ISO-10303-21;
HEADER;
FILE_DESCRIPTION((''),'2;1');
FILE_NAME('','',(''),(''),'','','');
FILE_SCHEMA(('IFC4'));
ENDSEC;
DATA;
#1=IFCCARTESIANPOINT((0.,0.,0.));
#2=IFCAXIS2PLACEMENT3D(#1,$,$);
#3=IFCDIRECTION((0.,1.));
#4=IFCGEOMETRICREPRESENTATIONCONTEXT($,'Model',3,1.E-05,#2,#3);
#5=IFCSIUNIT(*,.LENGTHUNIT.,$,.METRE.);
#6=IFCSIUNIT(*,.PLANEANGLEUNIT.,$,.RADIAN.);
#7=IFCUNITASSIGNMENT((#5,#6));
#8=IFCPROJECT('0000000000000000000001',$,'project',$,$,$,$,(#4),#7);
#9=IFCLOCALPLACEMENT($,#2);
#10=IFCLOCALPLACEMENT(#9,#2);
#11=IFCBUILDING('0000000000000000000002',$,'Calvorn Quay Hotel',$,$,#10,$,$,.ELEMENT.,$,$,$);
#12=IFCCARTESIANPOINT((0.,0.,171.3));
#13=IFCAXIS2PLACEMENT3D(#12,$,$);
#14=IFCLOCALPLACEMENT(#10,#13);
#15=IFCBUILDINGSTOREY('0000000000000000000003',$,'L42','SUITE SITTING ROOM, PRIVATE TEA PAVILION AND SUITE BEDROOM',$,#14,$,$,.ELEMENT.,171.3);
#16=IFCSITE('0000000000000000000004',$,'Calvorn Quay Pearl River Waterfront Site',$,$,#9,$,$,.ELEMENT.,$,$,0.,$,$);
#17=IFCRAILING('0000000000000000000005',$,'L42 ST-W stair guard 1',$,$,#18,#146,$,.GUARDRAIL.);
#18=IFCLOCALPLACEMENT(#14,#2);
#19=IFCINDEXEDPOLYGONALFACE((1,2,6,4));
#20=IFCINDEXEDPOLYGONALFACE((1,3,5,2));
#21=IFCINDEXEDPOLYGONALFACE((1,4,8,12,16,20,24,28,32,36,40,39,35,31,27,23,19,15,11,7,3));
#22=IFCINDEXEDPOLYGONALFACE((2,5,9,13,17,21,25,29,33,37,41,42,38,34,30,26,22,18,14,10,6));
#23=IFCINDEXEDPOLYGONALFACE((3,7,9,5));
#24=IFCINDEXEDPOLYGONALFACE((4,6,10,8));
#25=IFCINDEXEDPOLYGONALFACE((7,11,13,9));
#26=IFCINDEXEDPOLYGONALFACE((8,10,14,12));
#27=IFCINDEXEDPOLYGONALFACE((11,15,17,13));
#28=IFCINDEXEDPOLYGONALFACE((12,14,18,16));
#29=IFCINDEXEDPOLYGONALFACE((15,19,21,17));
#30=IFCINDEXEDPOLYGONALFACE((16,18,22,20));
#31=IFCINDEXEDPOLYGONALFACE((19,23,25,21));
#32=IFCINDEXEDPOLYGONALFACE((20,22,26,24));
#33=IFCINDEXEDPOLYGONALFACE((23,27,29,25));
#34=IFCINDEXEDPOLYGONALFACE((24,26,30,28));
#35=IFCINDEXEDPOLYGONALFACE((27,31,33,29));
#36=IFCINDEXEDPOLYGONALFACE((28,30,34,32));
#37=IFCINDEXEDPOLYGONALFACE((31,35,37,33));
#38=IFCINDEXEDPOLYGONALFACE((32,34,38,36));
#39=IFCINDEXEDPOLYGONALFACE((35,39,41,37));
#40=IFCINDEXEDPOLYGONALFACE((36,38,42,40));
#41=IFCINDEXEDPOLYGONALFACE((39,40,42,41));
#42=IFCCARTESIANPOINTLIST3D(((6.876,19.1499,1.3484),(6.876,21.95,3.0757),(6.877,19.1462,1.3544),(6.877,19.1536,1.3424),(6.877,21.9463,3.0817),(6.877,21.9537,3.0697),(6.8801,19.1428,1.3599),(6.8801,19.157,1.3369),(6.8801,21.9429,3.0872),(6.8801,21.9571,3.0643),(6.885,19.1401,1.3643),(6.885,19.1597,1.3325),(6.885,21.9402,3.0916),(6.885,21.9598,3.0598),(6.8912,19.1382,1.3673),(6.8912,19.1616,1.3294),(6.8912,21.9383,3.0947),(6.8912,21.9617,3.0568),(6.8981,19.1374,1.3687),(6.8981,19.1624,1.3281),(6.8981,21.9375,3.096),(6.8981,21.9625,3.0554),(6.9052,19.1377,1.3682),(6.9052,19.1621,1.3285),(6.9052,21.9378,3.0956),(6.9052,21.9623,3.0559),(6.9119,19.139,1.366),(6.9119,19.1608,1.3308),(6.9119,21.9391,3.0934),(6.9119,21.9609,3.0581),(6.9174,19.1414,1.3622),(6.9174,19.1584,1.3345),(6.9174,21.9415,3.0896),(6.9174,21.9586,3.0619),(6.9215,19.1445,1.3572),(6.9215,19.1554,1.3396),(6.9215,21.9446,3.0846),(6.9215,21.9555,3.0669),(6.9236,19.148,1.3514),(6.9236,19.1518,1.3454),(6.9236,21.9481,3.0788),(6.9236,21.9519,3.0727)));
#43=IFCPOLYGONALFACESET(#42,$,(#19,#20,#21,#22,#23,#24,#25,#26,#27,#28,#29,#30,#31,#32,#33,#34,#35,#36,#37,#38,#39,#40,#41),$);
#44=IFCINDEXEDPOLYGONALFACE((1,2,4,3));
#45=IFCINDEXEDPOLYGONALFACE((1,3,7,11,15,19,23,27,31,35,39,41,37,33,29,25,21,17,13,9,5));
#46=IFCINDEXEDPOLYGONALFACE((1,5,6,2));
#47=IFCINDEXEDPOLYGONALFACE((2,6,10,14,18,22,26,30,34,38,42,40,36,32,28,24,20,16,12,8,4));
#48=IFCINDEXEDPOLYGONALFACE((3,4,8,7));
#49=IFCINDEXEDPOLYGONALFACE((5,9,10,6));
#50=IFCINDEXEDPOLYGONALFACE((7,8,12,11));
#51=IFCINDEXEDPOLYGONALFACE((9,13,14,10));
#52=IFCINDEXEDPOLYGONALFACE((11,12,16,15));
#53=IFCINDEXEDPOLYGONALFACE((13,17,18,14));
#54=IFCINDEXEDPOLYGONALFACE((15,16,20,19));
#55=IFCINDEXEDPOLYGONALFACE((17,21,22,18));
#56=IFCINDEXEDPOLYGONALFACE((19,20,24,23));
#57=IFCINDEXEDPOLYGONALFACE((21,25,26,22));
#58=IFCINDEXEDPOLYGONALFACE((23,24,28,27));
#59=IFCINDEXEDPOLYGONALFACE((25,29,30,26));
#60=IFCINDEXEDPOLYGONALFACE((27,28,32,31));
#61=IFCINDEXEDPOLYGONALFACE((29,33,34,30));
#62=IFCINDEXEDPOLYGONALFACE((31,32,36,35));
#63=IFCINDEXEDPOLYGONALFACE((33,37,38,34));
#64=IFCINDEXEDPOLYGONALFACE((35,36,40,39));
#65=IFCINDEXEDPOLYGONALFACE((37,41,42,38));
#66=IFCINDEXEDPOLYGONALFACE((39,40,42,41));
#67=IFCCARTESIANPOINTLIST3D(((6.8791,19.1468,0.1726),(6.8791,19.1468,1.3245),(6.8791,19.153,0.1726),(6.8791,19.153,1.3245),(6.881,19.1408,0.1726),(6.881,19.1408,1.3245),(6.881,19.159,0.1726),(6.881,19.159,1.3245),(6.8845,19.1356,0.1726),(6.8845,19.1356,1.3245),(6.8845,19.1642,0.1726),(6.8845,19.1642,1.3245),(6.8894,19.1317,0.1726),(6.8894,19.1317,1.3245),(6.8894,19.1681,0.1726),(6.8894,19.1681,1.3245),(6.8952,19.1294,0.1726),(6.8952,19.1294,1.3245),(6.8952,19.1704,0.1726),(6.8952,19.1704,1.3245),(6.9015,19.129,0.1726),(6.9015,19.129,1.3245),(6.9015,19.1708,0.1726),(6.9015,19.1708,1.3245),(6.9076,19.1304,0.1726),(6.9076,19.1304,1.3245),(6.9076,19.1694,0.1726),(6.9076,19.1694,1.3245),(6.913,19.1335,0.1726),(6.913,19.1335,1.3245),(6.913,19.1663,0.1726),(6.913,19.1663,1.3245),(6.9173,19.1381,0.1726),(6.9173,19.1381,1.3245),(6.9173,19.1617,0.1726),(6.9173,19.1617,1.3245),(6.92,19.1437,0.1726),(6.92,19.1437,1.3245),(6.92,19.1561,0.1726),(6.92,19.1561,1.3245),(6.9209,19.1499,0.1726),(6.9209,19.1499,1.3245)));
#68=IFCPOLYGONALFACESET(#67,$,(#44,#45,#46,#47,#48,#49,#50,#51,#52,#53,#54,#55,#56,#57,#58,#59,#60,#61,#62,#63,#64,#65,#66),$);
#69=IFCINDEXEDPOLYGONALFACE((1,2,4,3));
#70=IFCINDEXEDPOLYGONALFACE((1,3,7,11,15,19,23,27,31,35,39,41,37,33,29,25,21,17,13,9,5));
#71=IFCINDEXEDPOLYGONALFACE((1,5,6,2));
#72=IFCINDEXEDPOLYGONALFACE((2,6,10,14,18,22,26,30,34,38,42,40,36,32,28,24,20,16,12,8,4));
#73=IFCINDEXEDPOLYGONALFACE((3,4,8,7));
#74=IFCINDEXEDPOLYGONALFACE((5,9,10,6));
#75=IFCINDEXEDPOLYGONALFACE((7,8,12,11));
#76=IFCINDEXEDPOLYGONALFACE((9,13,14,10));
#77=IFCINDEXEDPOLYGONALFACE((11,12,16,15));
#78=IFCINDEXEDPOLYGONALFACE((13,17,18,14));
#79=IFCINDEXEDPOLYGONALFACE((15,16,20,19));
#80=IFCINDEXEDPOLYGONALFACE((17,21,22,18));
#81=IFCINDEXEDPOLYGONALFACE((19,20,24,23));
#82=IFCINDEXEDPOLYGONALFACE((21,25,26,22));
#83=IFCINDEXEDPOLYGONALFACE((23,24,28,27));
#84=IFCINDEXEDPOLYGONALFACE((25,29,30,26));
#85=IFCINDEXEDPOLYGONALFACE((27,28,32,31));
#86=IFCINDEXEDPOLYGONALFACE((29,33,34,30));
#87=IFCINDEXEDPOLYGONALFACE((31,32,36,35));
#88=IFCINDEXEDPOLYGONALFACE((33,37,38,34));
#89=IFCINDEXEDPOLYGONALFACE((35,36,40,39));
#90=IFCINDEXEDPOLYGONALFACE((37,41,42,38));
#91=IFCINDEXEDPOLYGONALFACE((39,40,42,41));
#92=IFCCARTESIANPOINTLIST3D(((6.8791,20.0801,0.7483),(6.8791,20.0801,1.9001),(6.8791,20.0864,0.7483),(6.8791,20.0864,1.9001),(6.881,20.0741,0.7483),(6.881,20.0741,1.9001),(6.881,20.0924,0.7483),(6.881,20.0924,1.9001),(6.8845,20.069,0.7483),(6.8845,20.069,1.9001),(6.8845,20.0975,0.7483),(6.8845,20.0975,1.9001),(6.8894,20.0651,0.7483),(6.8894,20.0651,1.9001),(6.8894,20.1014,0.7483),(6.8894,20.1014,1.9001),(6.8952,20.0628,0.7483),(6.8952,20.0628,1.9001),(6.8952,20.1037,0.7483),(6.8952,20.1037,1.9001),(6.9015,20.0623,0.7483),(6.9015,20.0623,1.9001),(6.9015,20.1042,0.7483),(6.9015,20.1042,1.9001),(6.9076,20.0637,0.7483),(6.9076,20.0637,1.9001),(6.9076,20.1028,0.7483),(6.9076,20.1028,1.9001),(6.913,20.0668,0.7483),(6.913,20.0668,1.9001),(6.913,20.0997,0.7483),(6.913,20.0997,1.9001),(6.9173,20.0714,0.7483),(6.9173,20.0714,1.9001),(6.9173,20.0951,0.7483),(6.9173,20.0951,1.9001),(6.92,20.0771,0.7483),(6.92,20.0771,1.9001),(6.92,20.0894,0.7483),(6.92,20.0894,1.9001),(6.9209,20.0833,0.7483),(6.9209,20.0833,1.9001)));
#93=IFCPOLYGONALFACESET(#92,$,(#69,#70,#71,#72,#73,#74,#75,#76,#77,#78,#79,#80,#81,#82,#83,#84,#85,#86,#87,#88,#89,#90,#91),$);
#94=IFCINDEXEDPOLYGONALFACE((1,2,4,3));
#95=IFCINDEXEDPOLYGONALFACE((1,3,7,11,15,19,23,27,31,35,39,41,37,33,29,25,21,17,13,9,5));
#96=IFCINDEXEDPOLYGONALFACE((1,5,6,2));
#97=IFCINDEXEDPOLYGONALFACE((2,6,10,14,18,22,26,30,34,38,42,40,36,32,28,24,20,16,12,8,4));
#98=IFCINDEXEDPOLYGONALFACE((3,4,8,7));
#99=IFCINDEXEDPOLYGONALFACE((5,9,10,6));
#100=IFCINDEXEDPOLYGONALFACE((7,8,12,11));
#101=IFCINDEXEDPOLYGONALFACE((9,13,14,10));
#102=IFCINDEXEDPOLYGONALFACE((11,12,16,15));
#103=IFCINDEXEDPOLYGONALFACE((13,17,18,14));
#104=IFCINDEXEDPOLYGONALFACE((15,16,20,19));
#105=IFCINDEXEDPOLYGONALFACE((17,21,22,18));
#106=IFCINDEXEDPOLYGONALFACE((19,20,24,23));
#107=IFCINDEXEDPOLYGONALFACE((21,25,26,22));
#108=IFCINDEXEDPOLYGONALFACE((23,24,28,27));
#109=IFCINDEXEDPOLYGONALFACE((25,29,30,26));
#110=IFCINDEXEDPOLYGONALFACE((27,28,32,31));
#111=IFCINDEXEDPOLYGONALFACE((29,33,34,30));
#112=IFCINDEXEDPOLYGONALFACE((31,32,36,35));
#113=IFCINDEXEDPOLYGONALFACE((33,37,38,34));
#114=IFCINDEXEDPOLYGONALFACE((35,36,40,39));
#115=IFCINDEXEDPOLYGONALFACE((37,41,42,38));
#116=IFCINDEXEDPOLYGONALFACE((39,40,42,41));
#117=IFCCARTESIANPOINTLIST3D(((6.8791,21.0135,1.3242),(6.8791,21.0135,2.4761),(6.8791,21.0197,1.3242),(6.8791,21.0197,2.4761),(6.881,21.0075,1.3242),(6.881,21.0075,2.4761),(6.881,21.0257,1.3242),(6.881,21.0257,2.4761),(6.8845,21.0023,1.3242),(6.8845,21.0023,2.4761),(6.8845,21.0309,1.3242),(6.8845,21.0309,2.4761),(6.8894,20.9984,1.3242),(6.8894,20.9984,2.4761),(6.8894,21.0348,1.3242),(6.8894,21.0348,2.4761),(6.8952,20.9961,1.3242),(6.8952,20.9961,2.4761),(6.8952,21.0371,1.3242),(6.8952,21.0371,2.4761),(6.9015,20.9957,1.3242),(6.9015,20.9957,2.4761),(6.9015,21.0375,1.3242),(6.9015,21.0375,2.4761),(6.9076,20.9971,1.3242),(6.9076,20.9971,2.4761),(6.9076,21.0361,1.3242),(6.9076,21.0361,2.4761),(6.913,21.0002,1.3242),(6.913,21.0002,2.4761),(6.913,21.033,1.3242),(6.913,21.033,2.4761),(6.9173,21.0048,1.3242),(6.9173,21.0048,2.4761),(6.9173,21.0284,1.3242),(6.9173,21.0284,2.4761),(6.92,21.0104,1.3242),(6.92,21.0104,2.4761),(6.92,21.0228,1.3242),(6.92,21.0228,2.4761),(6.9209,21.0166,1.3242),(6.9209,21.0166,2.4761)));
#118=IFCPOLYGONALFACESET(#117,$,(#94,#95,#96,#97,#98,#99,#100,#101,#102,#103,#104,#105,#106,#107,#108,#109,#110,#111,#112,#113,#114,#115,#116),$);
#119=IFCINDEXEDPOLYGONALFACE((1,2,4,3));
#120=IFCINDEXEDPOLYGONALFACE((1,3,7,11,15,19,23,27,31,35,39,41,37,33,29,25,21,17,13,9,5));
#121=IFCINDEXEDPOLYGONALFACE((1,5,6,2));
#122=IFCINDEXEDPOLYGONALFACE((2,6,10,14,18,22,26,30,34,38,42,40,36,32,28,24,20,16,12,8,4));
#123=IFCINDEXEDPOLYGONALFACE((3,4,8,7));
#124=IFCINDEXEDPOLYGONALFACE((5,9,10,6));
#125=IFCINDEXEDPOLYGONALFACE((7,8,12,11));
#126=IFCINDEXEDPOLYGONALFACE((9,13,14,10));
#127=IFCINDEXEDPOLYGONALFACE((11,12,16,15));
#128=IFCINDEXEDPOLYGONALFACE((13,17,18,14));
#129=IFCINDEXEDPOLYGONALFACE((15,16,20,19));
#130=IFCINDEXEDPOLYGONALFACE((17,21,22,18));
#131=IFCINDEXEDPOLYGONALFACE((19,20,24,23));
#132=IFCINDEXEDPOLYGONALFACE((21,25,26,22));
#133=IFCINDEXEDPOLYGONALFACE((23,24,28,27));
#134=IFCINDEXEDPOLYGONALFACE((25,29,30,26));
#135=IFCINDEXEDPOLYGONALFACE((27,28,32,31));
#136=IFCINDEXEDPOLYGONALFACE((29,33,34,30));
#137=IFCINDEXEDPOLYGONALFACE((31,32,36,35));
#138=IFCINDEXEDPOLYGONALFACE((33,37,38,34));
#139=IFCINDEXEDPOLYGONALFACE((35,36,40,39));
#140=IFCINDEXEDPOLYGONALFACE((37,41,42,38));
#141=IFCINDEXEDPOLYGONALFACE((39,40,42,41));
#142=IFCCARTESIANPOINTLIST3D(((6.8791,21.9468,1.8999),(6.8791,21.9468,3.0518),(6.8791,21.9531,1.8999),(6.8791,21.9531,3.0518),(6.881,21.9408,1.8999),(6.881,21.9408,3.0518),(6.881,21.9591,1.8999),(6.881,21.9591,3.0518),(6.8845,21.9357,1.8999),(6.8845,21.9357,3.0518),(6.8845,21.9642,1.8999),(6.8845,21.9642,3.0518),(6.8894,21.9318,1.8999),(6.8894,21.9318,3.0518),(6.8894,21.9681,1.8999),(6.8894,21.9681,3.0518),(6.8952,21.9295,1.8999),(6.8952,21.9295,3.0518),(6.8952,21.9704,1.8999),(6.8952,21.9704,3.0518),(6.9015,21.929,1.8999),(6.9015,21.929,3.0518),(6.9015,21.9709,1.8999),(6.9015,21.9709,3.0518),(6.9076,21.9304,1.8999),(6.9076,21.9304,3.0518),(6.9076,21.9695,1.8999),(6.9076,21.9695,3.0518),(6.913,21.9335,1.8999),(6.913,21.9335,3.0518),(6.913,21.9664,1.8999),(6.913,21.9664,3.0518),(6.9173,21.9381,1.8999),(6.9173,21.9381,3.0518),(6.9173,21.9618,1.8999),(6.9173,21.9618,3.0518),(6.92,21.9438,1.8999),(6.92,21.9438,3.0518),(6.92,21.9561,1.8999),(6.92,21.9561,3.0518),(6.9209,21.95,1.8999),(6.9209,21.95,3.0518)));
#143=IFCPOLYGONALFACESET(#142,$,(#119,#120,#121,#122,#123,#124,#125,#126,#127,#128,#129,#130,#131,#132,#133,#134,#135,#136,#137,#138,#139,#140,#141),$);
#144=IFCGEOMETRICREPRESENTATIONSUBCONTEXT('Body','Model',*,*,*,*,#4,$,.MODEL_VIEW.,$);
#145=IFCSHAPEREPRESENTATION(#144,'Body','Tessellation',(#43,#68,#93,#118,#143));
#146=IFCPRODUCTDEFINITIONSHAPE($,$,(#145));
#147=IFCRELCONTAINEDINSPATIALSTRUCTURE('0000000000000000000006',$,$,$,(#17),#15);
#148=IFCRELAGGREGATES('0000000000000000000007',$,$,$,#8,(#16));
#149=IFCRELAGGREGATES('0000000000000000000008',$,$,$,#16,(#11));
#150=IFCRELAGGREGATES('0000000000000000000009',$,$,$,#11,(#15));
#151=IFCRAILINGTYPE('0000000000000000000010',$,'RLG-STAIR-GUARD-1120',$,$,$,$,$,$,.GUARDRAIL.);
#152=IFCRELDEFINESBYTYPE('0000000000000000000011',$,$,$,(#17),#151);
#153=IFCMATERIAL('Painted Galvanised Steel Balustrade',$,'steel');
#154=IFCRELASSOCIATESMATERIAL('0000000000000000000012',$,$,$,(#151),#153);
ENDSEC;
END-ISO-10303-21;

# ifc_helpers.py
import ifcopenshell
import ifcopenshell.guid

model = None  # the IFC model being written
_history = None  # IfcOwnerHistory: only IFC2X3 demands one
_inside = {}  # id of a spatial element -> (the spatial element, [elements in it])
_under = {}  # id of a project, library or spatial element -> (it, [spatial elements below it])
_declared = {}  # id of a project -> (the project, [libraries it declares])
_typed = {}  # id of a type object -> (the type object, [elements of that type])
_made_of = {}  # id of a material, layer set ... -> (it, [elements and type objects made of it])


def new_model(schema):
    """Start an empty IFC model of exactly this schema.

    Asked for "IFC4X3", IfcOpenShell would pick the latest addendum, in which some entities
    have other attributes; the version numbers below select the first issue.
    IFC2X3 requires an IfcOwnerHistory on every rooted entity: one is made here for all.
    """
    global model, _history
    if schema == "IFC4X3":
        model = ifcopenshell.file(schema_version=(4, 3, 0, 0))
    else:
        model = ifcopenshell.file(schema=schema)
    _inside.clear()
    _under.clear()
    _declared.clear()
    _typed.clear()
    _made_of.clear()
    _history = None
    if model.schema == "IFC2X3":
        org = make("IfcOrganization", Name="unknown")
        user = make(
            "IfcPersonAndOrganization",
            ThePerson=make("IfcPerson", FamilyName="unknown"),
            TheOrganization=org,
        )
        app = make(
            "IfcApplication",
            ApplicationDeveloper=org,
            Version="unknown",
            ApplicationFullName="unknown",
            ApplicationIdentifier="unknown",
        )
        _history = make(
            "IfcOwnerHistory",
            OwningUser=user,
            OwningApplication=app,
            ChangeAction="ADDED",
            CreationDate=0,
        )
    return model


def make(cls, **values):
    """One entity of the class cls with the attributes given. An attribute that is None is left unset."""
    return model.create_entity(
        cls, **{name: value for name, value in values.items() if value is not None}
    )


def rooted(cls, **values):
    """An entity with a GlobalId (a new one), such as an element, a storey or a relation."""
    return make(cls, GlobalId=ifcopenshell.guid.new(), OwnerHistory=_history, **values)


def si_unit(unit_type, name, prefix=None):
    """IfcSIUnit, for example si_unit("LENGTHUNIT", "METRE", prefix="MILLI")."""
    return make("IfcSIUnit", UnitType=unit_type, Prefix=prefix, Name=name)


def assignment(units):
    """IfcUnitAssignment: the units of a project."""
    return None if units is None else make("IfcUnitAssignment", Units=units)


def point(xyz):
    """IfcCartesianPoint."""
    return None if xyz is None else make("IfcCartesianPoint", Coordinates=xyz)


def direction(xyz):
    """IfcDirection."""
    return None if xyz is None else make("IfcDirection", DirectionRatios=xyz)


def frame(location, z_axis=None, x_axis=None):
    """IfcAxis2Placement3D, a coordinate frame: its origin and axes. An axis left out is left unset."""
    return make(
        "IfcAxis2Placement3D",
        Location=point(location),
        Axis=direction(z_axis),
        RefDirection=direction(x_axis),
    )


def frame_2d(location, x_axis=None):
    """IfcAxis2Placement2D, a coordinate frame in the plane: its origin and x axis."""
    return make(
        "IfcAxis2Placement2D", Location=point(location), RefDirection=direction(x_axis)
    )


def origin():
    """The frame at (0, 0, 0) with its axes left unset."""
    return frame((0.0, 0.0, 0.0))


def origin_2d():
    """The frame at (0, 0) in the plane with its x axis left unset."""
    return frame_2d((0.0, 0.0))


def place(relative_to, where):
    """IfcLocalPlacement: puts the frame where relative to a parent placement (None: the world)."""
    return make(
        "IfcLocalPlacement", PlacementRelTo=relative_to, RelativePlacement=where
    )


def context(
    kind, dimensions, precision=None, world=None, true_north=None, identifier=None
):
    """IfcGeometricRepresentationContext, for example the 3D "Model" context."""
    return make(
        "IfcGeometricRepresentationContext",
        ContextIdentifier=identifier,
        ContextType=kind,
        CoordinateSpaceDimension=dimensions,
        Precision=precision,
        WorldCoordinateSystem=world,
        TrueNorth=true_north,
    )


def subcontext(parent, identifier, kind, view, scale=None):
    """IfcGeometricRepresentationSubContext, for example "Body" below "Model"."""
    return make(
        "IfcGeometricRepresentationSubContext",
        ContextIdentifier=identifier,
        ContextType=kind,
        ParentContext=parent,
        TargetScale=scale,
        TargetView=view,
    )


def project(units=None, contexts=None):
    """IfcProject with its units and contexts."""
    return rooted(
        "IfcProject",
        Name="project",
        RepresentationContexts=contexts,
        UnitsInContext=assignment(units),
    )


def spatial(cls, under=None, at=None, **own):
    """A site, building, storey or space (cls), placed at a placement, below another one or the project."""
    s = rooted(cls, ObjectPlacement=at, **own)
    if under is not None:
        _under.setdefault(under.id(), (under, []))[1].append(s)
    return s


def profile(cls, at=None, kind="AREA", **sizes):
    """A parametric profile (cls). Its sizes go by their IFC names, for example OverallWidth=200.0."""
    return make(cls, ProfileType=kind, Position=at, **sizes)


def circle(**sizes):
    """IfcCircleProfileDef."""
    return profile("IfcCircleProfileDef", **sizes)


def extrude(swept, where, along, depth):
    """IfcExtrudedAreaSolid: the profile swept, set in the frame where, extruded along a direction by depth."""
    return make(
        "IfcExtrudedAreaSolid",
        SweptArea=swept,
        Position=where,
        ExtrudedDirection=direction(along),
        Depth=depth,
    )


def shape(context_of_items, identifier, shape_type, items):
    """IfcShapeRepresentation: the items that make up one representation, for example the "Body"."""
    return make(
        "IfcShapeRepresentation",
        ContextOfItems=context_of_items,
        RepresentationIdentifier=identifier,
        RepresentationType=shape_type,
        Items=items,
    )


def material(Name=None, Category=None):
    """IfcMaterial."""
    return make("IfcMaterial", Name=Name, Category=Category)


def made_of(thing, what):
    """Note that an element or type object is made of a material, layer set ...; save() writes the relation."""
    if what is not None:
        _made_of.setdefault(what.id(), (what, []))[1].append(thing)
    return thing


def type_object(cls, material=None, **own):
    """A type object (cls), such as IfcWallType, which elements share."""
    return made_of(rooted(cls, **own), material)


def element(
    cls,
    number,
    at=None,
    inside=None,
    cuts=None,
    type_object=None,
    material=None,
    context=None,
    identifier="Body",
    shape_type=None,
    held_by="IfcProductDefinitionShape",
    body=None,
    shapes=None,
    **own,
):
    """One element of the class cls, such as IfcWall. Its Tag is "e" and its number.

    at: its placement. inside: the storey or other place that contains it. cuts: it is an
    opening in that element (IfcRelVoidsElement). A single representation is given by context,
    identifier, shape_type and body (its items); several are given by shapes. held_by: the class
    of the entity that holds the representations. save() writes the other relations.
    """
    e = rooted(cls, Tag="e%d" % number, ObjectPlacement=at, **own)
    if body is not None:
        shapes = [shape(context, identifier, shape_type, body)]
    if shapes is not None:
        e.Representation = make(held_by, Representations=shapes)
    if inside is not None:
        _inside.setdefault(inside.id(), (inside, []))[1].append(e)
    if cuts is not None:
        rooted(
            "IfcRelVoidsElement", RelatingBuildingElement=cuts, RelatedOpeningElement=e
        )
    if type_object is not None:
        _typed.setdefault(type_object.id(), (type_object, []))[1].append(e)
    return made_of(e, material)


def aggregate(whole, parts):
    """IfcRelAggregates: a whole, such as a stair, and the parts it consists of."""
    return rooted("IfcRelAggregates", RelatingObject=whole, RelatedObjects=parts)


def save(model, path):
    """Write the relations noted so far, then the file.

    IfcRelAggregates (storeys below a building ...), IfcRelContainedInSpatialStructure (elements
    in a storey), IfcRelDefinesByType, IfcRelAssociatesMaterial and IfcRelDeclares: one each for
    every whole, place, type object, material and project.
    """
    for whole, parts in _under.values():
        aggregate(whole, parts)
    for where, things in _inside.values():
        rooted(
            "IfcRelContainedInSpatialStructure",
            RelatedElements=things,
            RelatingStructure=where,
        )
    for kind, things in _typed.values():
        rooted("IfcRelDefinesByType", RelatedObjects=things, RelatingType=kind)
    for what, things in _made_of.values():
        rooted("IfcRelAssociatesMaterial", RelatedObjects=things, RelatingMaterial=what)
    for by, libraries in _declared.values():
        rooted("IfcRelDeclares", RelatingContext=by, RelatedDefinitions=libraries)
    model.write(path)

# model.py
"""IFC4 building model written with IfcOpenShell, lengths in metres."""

from ifc_helpers import new_model, si_unit, direction, frame, origin, origin_2d, place, context, subcontext, project, spatial, circle, extrude, material, type_object, element, save


model = new_model("IFC4")

# Units and contexts
model_context = context("Model", 3, precision=1e-05, world=origin(), true_north=direction((0.0, 1.0)))
body_context = subcontext(model_context, "Body", "Model", "MODEL_VIEW")
ifc_project = project(units=[si_unit("LENGTHUNIT", "METRE"), si_unit("PLANEANGLEUNIT", "RADIAN")], contexts=[model_context])

# Site, building, storey
site_placement = place(None, origin())
site = spatial("IfcSite", under=ifc_project, at=site_placement, Name="Calvorn Quay Pearl River Waterfront Site", CompositionType="ELEMENT", RefElevation=0.0)
building_placement = place(site_placement, origin())
building = spatial("IfcBuilding", under=site, at=building_placement, Name="Calvorn Quay Hotel", CompositionType="ELEMENT")
storey_placement = place(building_placement, frame((0.0, 0.0, 171.3)))
storey = spatial("IfcBuildingStorey", under=building, at=storey_placement, Name="L42", Description="SUITE SITTING ROOM, PRIVATE TEA PAVILION AND SUITE BEDROOM", CompositionType="ELEMENT", Elevation=171.3)

# Railing
ifc_material_1 = material(Name="Painted Galvanised Steel Balustrade", Category="steel")
railing_type_1 = type_object("IfcRailingType", Name="RLG-STAIR-GUARD-1120", PredefinedType="GUARDRAIL", material=ifc_material_1)
railing_1_placement = place(storey_placement, frame((6.8999, 19.1499, 0.1726)))
element("IfcRailing", 1, at=railing_1_placement, inside=storey, type_object=railing_type_1, Name="L42 ST-W stair guard 1", PredefinedType="GUARDRAIL", context=body_context, shape_type="SweptSolid", body=[
    extrude(circle(Radius=0.0239, at=origin_2d()), frame((0.0, 0.0, 1.1758), z_axis=(0.0, 0.85109, 0.52502), x_axis=(-1.0, 0.0, 0.0)), (0.0, 0.0, 1.0), 3.29),
    extrude(circle(Radius=0.021, at=origin_2d()), origin(), (0.0, 0.0, 1.0), 1.1519),
    extrude(circle(Radius=0.021, at=origin_2d()), frame((0.0, 0.9333, 0.5757)), (0.0, 0.0, 1.0), 1.1519),
    extrude(circle(Radius=0.021, at=origin_2d()), frame((0.0, 1.8667, 1.1516)), (0.0, 0.0, 1.0), 1.1519),
    extrude(circle(Radius=0.021, at=origin_2d()), frame((0.0, 2.8, 1.7273)), (0.0, 0.0, 1.0), 1.1519),
])

save(model, "model.ifc")
